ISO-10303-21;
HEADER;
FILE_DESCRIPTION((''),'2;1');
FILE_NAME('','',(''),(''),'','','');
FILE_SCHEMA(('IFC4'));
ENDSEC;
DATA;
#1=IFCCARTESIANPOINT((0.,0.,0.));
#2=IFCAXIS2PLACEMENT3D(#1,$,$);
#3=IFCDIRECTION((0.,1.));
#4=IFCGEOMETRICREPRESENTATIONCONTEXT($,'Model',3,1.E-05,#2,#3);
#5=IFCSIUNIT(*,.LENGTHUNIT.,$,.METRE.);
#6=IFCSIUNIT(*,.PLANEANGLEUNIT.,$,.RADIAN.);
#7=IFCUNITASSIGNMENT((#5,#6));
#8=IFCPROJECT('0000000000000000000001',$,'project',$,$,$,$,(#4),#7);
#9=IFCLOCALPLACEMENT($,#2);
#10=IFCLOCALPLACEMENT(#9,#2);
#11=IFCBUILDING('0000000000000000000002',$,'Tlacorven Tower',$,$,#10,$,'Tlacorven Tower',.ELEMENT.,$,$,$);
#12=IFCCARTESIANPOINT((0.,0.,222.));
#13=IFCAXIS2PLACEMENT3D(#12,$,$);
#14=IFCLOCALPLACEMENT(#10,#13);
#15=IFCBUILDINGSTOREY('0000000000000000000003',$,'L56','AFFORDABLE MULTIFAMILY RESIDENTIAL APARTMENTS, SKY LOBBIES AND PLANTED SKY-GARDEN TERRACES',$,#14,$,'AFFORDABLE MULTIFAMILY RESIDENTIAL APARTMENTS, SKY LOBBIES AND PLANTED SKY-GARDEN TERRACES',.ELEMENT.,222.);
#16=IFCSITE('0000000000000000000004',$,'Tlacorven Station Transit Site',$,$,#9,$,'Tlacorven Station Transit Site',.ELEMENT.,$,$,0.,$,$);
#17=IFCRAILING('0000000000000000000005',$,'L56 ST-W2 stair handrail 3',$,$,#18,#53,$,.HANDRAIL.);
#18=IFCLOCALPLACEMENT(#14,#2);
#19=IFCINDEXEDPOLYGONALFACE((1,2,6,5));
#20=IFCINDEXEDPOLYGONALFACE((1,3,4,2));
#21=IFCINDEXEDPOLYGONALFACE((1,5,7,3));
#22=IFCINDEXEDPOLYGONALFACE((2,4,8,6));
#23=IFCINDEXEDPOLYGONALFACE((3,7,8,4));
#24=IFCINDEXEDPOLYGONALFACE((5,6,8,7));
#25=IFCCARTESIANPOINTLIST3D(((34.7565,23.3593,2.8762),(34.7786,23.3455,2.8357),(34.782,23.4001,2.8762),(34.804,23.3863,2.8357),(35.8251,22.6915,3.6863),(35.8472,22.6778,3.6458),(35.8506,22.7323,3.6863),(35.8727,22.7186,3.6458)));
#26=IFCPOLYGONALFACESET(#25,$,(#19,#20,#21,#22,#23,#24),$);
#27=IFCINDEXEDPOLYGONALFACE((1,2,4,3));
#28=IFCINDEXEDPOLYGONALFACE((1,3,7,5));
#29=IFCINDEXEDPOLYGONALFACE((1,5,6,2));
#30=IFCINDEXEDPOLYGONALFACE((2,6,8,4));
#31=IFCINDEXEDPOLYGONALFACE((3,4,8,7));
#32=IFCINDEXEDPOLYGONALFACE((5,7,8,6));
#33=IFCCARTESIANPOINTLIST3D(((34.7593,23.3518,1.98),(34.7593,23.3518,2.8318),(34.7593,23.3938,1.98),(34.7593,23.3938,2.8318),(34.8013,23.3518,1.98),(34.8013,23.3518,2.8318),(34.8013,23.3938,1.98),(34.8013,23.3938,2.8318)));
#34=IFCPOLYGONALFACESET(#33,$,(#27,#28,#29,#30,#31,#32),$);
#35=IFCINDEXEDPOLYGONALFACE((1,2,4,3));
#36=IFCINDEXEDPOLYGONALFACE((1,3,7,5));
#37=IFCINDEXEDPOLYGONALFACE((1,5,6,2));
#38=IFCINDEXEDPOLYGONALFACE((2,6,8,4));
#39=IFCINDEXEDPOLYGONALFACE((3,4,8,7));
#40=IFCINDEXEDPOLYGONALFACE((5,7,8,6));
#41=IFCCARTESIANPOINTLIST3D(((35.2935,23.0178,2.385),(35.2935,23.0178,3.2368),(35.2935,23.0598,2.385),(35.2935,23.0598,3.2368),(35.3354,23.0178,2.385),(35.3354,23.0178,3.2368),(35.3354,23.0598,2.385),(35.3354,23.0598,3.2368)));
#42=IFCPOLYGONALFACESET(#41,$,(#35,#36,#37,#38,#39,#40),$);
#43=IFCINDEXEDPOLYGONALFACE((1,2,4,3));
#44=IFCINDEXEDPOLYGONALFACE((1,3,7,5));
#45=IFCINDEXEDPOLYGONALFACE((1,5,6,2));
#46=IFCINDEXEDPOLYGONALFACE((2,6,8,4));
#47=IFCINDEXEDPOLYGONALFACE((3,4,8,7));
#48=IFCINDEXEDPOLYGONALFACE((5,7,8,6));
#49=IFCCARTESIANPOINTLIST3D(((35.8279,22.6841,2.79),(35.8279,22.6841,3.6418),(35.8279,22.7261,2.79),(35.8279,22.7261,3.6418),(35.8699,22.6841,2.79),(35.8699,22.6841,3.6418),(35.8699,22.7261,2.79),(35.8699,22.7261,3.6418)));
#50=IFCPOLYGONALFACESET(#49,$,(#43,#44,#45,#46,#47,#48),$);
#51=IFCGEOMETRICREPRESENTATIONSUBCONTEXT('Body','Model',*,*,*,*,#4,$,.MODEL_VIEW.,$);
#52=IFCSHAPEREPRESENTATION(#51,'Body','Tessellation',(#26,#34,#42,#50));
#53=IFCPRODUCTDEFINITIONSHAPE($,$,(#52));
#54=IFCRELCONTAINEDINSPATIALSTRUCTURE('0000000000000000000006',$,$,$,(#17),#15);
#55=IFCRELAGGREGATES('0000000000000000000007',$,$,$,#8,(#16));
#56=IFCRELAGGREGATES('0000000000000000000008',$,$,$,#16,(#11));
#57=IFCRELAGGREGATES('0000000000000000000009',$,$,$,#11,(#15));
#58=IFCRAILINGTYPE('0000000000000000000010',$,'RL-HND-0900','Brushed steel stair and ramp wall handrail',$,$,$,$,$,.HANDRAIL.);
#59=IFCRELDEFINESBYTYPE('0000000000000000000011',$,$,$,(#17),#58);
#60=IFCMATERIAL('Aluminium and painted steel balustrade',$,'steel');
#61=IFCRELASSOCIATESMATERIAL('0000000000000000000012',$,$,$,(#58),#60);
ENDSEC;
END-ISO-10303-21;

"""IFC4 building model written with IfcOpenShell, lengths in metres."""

from ifc_helpers import new_model, si_unit, direction, frame, origin, origin_2d, place, context, subcontext, project, spatial, rectangle, extrude, source, transform, mapped, material, type_object, element, save


model = new_model("IFC4")

# Units and contexts
model_context = context("Model", 3, precision=1e-05, world=origin(), true_north=direction((0.0, 1.0)))
body_context = subcontext(model_context, "Body", "Model", "MODEL_VIEW")
ifc_project = project(units=[si_unit("LENGTHUNIT", "METRE"), si_unit("PLANEANGLEUNIT", "RADIAN")], contexts=[model_context])

# Site, building, storey
site_placement = place(None, origin())
site = spatial("IfcSite", under=ifc_project, at=site_placement, Name="Tlacorven Station Transit Site", LongName="Tlacorven Station Transit Site", CompositionType="ELEMENT", RefElevation=0.0)
building_placement = place(site_placement, origin())
building = spatial("IfcBuilding", under=site, at=building_placement, Name="Tlacorven Tower", LongName="Tlacorven Tower", CompositionType="ELEMENT")
storey_placement = place(building_placement, frame((0.0, 0.0, 222.0)))
storey = spatial("IfcBuildingStorey", under=building, at=storey_placement, Name="L56", Description="AFFORDABLE MULTIFAMILY RESIDENTIAL APARTMENTS, SKY LOBBIES AND PLANTED SKY-GARDEN TERRACES", LongName="AFFORDABLE MULTIFAMILY RESIDENTIAL APARTMENTS, SKY LOBBIES AND PLANTED SKY-GARDEN TERRACES", CompositionType="ELEMENT", Elevation=222.0)

# Railing
ifc_material_1 = material(Name="Aluminium and painted steel balustrade", Category="steel")
railing_type = type_object("IfcRailingType", Name="RL-HND-0900", Description="Brushed steel stair and ramp wall handrail", PredefinedType="HANDRAIL", material=ifc_material_1)
shared_shape_1 = source(origin(), body_context, "Body", "SweptSolid", [
    extrude(rectangle(XDim=0.0481, YDim=0.0481, at=origin_2d()), frame((0.0, 0.0, 0.876), z_axis=(0.71336, -0.445748, 0.540765), x_axis=(0.529912, 0.848053, 0.0)), (0.0, 0.0, 1.0), 1.498),
    extrude(rectangle(XDim=0.042, YDim=0.042, at=origin_2d()), origin(), (0.0, 0.0, 1.0), 0.8518),
    extrude(rectangle(XDim=0.042, YDim=0.042, at=origin_2d()), frame((0.5342, -0.334, 0.405)), (0.0, 0.0, 1.0), 0.8518),
    extrude(rectangle(XDim=0.042, YDim=0.042, at=origin_2d()), frame((1.0686, -0.6677, 0.8101)), (0.0, 0.0, 1.0), 0.8518),
])
railing_placement = place(storey_placement, frame((34.7803, 23.3728, 1.98)))
element("IfcRailing", 1, at=railing_placement, inside=storey, type_object=railing_type, Name="L56 ST-W2 stair handrail 3", PredefinedType="HANDRAIL", context=body_context, shape_type="MappedRepresentation", body=[
    mapped(shared_shape_1, transform((0.0, 0.0, 0.0), scale=1.0)),
])

save(model, "model.ifc")
